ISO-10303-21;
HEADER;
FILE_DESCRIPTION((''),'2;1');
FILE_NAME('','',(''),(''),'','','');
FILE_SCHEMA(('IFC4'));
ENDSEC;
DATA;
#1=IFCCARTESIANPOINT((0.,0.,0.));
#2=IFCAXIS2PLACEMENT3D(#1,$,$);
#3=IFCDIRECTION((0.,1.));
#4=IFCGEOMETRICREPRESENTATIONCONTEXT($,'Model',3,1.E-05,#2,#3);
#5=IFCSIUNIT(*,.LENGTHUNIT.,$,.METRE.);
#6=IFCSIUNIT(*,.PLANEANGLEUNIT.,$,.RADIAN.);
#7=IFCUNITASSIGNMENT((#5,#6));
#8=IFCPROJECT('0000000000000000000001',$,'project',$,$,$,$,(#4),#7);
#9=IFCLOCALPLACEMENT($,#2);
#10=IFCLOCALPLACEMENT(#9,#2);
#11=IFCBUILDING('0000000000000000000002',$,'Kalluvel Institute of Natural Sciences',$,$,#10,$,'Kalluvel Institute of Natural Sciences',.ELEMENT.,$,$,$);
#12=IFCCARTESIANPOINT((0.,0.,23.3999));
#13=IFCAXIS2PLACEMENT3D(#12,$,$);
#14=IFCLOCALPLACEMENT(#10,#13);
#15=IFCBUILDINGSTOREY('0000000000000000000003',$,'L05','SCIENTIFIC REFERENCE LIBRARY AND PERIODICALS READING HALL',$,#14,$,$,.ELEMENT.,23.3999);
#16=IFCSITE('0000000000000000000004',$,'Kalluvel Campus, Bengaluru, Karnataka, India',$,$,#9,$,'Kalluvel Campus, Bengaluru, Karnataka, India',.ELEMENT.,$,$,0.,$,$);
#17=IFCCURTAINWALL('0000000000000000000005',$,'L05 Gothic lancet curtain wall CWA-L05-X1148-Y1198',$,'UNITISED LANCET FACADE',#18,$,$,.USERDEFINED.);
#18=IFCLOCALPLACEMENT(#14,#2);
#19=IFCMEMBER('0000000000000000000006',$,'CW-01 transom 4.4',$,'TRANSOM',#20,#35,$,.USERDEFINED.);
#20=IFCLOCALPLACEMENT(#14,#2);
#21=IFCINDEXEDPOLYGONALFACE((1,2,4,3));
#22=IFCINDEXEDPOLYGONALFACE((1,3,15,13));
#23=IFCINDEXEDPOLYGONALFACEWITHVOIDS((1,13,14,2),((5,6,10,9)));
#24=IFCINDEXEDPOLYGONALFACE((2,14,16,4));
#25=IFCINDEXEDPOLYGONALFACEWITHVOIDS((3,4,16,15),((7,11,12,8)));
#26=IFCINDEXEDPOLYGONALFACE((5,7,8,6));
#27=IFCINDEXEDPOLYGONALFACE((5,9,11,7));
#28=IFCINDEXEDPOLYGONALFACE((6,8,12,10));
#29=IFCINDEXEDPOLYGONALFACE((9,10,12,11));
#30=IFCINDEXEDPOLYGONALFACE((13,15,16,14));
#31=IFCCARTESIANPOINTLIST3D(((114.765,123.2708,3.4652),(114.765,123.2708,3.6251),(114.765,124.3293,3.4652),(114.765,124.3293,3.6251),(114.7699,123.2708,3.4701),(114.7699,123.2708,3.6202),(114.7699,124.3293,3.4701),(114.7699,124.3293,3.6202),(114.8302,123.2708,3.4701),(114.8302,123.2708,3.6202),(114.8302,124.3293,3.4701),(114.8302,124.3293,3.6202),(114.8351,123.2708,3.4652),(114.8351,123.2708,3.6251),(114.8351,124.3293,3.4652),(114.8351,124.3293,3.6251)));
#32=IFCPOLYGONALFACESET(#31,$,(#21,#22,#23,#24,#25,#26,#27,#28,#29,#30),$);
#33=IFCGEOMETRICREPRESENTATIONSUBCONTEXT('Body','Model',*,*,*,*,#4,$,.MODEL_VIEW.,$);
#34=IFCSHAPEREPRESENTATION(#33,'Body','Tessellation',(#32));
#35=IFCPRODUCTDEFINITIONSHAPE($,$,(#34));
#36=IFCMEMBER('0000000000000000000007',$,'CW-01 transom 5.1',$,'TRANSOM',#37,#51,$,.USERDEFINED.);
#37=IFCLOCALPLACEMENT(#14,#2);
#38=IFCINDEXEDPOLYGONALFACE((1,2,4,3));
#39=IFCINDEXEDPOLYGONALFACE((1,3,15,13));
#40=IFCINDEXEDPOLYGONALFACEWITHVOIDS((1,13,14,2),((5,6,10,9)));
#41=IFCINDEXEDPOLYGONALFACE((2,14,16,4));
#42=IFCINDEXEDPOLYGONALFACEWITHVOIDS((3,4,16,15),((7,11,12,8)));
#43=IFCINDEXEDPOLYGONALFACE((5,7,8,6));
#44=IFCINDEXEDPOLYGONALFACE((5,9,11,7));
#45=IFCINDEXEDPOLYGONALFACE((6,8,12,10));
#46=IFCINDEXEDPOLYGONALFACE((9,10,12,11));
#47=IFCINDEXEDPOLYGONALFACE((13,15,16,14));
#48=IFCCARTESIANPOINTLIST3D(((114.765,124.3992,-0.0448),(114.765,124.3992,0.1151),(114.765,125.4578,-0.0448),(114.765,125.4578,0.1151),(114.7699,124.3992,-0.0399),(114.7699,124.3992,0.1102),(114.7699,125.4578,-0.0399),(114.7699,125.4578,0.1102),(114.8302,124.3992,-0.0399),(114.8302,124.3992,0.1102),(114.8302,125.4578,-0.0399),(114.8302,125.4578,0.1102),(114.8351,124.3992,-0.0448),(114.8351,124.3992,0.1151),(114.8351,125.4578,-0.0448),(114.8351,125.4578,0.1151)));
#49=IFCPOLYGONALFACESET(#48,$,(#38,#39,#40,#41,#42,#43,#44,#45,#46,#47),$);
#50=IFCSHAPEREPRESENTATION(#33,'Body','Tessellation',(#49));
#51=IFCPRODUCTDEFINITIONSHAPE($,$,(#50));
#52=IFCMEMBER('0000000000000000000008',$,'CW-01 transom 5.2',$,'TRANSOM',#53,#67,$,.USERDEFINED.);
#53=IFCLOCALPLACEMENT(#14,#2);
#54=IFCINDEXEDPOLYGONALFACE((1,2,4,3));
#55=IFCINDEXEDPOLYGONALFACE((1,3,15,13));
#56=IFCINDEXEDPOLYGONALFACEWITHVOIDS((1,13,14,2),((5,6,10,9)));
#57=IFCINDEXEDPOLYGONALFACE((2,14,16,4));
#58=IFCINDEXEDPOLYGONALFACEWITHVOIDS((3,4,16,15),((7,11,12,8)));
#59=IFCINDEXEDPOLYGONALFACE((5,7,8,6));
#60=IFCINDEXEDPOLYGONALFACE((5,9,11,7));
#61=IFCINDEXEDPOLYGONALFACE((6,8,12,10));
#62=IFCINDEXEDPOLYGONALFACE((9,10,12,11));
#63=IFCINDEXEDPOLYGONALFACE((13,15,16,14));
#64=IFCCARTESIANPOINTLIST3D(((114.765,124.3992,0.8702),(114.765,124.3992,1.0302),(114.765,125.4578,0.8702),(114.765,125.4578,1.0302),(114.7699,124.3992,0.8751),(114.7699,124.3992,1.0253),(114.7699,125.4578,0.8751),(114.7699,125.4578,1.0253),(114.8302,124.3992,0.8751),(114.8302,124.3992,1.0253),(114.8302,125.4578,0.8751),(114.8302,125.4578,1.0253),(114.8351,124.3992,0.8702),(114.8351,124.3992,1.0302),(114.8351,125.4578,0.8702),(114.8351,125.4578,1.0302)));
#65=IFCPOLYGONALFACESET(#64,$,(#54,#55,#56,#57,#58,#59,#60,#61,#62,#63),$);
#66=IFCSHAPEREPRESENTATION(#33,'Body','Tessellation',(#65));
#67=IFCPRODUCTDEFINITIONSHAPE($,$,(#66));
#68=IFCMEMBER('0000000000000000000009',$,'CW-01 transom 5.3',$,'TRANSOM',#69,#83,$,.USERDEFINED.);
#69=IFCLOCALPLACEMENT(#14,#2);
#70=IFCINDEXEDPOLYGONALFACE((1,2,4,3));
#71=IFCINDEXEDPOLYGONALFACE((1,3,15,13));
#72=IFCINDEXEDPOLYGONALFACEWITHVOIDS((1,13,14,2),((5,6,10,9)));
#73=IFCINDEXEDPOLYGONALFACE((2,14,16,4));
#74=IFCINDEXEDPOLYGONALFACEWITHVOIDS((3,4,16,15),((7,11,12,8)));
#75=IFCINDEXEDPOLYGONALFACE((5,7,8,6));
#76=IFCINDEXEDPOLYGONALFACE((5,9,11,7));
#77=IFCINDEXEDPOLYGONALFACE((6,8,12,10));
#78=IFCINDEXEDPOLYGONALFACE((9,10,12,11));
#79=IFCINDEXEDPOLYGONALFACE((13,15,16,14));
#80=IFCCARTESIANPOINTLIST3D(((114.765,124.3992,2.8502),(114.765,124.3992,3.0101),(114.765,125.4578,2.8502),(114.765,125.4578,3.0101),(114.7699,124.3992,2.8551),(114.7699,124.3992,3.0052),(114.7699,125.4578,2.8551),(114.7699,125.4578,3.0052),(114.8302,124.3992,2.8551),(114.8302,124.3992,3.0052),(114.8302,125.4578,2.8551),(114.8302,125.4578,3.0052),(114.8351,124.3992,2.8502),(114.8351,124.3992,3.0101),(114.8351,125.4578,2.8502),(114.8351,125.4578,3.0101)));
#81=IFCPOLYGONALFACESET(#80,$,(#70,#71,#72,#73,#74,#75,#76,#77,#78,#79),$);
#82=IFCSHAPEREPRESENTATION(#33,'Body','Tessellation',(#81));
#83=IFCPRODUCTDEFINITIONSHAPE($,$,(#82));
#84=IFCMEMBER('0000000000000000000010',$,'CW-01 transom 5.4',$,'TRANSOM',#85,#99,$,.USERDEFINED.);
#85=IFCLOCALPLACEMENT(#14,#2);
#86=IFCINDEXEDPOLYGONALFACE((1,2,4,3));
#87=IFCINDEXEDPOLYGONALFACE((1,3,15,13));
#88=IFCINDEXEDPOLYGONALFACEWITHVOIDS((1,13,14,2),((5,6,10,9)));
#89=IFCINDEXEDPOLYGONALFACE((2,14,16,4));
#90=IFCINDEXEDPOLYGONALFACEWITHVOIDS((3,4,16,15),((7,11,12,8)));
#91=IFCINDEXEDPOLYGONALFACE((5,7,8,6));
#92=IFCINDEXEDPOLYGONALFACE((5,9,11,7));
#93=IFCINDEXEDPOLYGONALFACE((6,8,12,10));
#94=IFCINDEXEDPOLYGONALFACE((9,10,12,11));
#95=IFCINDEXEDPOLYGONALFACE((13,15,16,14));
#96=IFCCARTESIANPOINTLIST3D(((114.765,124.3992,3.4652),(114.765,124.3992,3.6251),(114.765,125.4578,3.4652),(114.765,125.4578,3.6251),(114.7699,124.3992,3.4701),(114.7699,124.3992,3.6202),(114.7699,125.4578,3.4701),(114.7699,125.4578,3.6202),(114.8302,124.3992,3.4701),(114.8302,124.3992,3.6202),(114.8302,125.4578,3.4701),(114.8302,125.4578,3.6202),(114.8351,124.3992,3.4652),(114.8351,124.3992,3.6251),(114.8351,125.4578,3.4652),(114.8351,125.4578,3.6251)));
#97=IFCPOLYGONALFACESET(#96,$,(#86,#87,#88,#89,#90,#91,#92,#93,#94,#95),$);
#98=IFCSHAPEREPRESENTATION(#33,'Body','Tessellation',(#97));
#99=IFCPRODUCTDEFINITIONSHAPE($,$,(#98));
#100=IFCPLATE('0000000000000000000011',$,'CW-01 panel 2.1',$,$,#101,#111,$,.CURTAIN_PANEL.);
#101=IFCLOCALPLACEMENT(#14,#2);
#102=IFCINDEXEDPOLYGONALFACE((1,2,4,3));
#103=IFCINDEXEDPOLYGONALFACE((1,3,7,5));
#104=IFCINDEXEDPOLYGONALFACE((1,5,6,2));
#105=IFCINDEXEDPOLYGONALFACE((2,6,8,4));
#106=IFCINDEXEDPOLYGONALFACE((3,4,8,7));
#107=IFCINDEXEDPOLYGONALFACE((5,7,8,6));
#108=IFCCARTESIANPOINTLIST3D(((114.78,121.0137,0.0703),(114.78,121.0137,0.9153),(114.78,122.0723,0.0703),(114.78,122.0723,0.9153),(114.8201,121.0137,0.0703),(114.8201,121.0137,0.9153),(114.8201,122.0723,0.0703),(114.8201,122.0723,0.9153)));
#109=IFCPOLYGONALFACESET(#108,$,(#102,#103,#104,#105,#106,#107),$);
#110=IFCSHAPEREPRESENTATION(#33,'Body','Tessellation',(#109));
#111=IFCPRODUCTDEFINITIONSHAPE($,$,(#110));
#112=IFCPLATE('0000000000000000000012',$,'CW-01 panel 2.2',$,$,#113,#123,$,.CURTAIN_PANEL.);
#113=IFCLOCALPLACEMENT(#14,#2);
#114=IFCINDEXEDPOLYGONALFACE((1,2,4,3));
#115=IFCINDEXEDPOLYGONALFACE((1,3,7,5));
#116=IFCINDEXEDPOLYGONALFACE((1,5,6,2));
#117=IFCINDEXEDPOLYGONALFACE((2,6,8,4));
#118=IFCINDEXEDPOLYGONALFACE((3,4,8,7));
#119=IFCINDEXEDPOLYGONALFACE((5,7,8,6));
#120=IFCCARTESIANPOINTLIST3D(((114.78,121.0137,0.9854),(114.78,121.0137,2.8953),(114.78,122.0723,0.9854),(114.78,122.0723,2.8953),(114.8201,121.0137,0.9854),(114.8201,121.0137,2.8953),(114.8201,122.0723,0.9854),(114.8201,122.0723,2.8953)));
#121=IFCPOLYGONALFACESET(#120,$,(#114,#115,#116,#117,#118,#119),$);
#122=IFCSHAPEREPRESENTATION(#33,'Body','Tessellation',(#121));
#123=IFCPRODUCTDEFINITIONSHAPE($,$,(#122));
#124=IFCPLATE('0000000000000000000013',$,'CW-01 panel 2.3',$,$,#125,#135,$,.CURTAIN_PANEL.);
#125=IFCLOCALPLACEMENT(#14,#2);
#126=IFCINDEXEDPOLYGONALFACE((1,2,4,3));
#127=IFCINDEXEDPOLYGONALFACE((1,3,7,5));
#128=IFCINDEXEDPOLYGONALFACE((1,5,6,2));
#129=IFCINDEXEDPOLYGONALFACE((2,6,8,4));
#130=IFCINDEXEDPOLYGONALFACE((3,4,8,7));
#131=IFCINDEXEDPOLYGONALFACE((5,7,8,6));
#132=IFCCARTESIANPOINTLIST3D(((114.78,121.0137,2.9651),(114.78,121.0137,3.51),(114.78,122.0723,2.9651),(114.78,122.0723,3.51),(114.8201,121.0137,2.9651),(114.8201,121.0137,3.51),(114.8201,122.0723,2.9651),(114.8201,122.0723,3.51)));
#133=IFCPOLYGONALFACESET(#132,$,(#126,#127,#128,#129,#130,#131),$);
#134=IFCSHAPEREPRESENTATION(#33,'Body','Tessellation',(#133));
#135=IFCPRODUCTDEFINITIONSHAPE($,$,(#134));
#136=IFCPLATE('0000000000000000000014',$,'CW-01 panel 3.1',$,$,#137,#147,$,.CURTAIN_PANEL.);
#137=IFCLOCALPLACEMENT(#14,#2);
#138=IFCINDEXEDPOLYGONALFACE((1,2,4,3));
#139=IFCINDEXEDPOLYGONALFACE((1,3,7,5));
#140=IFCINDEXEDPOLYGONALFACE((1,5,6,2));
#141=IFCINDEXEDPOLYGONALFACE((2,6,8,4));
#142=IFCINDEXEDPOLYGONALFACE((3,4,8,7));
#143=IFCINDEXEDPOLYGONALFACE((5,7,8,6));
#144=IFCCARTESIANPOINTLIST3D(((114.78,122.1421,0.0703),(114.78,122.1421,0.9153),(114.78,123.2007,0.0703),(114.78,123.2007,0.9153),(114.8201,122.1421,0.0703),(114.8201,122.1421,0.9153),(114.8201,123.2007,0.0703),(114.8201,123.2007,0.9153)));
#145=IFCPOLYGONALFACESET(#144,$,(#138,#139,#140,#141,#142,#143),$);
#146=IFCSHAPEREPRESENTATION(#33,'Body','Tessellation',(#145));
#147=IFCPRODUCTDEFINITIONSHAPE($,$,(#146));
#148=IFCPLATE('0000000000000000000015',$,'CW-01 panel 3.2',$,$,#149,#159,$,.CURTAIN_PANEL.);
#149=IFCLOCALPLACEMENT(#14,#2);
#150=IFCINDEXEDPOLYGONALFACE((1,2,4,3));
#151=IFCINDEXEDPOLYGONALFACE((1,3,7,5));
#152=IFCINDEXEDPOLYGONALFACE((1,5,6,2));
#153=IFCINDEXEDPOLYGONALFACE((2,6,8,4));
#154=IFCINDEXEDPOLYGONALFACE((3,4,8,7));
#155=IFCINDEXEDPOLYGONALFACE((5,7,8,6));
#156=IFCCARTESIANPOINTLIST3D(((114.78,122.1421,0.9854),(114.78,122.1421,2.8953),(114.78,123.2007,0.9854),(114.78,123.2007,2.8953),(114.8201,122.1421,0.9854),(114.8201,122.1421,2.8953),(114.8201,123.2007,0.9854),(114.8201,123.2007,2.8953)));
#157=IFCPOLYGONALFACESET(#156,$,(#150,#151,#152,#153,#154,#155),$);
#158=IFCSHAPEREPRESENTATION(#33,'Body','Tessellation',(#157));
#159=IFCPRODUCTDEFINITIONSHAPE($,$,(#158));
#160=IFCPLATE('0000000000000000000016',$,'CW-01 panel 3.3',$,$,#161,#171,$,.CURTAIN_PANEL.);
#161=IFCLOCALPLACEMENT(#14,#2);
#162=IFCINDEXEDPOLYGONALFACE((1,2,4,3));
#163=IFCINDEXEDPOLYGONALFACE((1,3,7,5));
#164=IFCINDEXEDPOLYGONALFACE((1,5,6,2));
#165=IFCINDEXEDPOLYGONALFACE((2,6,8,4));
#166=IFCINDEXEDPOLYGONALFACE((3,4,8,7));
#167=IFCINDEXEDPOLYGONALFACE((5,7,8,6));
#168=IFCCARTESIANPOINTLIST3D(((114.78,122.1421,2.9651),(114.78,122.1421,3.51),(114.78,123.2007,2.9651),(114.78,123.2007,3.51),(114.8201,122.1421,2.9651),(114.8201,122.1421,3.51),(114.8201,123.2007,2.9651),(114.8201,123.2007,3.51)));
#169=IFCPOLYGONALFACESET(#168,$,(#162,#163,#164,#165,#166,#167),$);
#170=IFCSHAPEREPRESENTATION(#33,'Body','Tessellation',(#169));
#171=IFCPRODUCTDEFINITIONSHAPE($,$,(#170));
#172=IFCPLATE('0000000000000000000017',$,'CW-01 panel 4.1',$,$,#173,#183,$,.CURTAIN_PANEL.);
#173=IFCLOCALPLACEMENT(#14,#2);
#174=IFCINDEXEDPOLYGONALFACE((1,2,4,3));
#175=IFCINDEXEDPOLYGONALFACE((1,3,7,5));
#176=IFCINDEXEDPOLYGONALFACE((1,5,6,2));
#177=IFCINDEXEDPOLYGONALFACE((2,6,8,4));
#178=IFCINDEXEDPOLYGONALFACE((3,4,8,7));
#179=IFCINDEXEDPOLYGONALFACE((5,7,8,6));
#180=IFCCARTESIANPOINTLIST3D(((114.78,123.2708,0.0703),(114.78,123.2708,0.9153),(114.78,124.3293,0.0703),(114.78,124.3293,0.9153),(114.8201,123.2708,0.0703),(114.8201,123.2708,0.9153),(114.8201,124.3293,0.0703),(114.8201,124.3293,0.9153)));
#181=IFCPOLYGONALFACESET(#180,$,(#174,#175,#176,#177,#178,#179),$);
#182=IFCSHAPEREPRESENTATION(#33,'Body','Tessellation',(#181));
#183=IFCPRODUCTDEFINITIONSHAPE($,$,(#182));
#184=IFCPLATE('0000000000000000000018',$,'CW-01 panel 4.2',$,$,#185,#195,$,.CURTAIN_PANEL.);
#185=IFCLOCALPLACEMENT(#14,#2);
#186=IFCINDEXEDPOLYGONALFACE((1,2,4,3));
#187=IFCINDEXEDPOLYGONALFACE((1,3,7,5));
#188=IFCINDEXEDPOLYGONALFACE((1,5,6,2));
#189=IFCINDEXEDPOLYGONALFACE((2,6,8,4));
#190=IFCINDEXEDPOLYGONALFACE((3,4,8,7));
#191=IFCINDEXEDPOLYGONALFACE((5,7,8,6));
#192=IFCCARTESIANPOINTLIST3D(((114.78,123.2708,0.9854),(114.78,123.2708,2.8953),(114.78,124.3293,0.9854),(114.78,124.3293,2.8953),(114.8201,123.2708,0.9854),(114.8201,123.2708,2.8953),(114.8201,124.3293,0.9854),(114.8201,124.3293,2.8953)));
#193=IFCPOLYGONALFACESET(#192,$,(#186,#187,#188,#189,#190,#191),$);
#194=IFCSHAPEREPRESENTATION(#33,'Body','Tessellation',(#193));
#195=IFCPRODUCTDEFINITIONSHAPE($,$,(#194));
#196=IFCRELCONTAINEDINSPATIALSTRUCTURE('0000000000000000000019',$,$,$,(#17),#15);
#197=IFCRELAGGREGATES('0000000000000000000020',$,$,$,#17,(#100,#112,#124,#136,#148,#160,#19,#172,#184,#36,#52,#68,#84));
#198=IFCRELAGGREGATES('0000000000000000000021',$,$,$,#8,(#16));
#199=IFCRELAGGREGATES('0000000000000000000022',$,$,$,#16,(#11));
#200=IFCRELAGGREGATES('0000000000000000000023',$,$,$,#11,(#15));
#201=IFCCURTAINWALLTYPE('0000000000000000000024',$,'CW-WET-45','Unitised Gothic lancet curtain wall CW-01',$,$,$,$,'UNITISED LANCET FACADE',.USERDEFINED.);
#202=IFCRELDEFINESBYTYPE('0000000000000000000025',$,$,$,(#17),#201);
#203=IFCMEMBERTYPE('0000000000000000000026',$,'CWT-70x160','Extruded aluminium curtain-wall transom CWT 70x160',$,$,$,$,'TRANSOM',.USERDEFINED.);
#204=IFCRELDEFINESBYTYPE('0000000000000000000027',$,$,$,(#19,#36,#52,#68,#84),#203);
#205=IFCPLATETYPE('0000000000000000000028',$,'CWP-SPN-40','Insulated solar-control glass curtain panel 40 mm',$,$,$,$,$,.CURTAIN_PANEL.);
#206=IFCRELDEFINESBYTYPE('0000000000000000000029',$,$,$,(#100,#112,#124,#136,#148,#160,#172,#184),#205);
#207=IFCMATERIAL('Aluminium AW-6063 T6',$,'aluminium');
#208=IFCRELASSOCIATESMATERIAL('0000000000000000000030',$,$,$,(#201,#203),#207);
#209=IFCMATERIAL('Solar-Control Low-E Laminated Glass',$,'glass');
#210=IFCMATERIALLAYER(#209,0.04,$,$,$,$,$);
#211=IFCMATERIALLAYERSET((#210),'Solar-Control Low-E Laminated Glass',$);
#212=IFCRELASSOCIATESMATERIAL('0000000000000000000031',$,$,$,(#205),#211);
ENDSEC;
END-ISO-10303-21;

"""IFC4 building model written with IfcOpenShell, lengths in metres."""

from ifc_helpers import new_model, si_unit, direction, frame, origin, origin_2d, place, context, subcontext, project, spatial, rectangle, hollow_rectangle, extrude, material, layer, layer_set, material_profile, profile_set, type_object, element, aggregate, save


model = new_model("IFC4")

# Units and contexts
model_context = context("Model", 3, precision=1e-05, world=origin(), true_north=direction((0.0, 1.0)))
body_context = subcontext(model_context, "Body", "Model", "MODEL_VIEW")
ifc_project = project(units=[si_unit("LENGTHUNIT", "METRE"), si_unit("PLANEANGLEUNIT", "RADIAN")], contexts=[model_context])

# Site, building, storey
site_placement = place(None, origin())
site = spatial("IfcSite", under=ifc_project, at=site_placement, Name="Kalluvel Campus, Bengaluru, Karnataka, India", LongName="Kalluvel Campus, Bengaluru, Karnataka, India", CompositionType="ELEMENT", RefElevation=0.0)
building_placement = place(site_placement, origin())
building = spatial("IfcBuilding", under=site, at=building_placement, Name="Kalluvel Institute of Natural Sciences", LongName="Kalluvel Institute of Natural Sciences", CompositionType="ELEMENT")
storey_placement = place(building_placement, frame((0.0, 0.0, 23.3999)))
storey = spatial("IfcBuildingStorey", under=building, at=storey_placement, Name="L05", Description="SCIENTIFIC REFERENCE LIBRARY AND PERIODICALS READING HALL", CompositionType="ELEMENT", Elevation=23.3999)

# Curtain wall, members, plates
ifc_material_1 = material(Name="Aluminium AW-6063 T6", Category="aluminium")
curtain_wall_type = type_object("IfcCurtainWallType", Name="CW-WET-45", Description="Unitised Gothic lancet curtain wall CW-01", ElementType="UNITISED LANCET FACADE", PredefinedType="USERDEFINED", material=ifc_material_1)
curtain_wall_placement = place(storey_placement, origin())
curtain_wall = element("IfcCurtainWall", 1, at=curtain_wall_placement, inside=storey, type_object=curtain_wall_type, Name="L05 Gothic lancet curtain wall CWA-L05-X1148-Y1198", ObjectType="UNITISED LANCET FACADE", PredefinedType="USERDEFINED")
ifc_material_profile_1 = material_profile(ifc_material_1, hollow_rectangle(XDim=0.0701, YDim=0.1599, WallThickness=0.0049, at=origin_2d()), Name="CWT 70x160")
ifc_profile_set_1 = profile_set([ifc_material_profile_1], Name="Aluminium AW-6063 T6")
member_type_1 = type_object("IfcMemberType", Name="CWT-70x160", Description="Extruded aluminium curtain-wall transom CWT 70x160", ElementType="TRANSOM", PredefinedType="USERDEFINED", material=ifc_profile_set_1)
member_1_placement = place(storey_placement, frame((114.8, 123.2708, 3.5452), z_axis=(0.0, 1.0, 0.0), x_axis=(-1.0, 0.0, 0.0)))
member_1 = element("IfcMember", 2, at=member_1_placement, type_object=member_type_1, Name="CW-01 transom 4.4", ObjectType="TRANSOM", PredefinedType="USERDEFINED", context=body_context, shape_type="SweptSolid", body=[
    extrude(hollow_rectangle(XDim=0.0701, YDim=0.1599, WallThickness=0.0049, at=origin_2d()), origin(), (0.0, 0.0, 1.0), 1.0586),
])
member_2_placement = place(storey_placement, frame((114.8, 124.3992, 0.0352), z_axis=(0.0, 1.0, 0.0), x_axis=(-1.0, 0.0, 0.0)))
member_2 = element("IfcMember", 3, at=member_2_placement, type_object=member_type_1, Name="CW-01 transom 5.1", ObjectType="TRANSOM", PredefinedType="USERDEFINED", context=body_context, shape_type="SweptSolid", body=[
    extrude(hollow_rectangle(XDim=0.0701, YDim=0.1599, WallThickness=0.0049, at=origin_2d()), origin(), (0.0, 0.0, 1.0), 1.0586),
])
member_3_placement = place(storey_placement, frame((114.8, 124.3992, 0.9502), z_axis=(0.0, 1.0, 0.0), x_axis=(-1.0, 0.0, 0.0)))
member_3 = element("IfcMember", 4, at=member_3_placement, type_object=member_type_1, Name="CW-01 transom 5.2", ObjectType="TRANSOM", PredefinedType="USERDEFINED", context=body_context, shape_type="SweptSolid", body=[
    extrude(hollow_rectangle(XDim=0.0701, YDim=0.1599, WallThickness=0.0049, at=origin_2d()), origin(), (0.0, 0.0, 1.0), 1.0586),
])
member_4_placement = place(storey_placement, frame((114.8, 124.3992, 2.9302), z_axis=(0.0, 1.0, 0.0), x_axis=(-1.0, 0.0, 0.0)))
member_4 = element("IfcMember", 5, at=member_4_placement, type_object=member_type_1, Name="CW-01 transom 5.3", ObjectType="TRANSOM", PredefinedType="USERDEFINED", context=body_context, shape_type="SweptSolid", body=[
    extrude(hollow_rectangle(XDim=0.0701, YDim=0.1599, WallThickness=0.0049, at=origin_2d()), origin(), (0.0, 0.0, 1.0), 1.0586),
])
member_5_placement = place(storey_placement, frame((114.8, 124.3992, 3.5452), z_axis=(0.0, 1.0, 0.0), x_axis=(-1.0, 0.0, 0.0)))
member_5 = element("IfcMember", 6, at=member_5_placement, type_object=member_type_1, Name="CW-01 transom 5.4", ObjectType="TRANSOM", PredefinedType="USERDEFINED", context=body_context, shape_type="SweptSolid", body=[
    extrude(hollow_rectangle(XDim=0.0701, YDim=0.1599, WallThickness=0.0049, at=origin_2d()), origin(), (0.0, 0.0, 1.0), 1.0586),
])
ifc_material_2 = material(Name="Solar-Control Low-E Laminated Glass", Category="glass")
ifc_layer = layer(ifc_material_2, 0.04)
ifc_layer_set = layer_set([ifc_layer], Name="Solar-Control Low-E Laminated Glass")
plate_type = type_object("IfcPlateType", Name="CWP-SPN-40", Description="Insulated solar-control glass curtain panel 40 mm", PredefinedType="CURTAIN_PANEL", material=ifc_layer_set)
plate_1_placement = place(storey_placement, frame((114.8, 121.543, 0.0703), z_axis=(0.0, 0.0, 1.0), x_axis=(0.0, 1.0, 0.0)))
plate_1 = element("IfcPlate", 7, at=plate_1_placement, type_object=plate_type, Name="CW-01 panel 2.1", PredefinedType="CURTAIN_PANEL", context=body_context, shape_type="SweptSolid", body=[
    extrude(rectangle(XDim=1.0586, YDim=0.04, at=origin_2d()), origin(), (0.0, 0.0, 1.0), 0.845),
])
plate_2_placement = place(storey_placement, frame((114.8, 121.543, 0.9854), z_axis=(0.0, 0.0, 1.0), x_axis=(0.0, 1.0, 0.0)))
plate_2 = element("IfcPlate", 8, at=plate_2_placement, type_object=plate_type, Name="CW-01 panel 2.2", PredefinedType="CURTAIN_PANEL", context=body_context, shape_type="SweptSolid", body=[
    extrude(rectangle(XDim=1.0586, YDim=0.04, at=origin_2d()), origin(), (0.0, 0.0, 1.0), 1.9099),
])
plate_3_placement = place(storey_placement, frame((114.8, 121.543, 2.9651), z_axis=(0.0, 0.0, 1.0), x_axis=(0.0, 1.0, 0.0)))
plate_3 = element("IfcPlate", 9, at=plate_3_placement, type_object=plate_type, Name="CW-01 panel 2.3", PredefinedType="CURTAIN_PANEL", context=body_context, shape_type="SweptSolid", body=[
    extrude(rectangle(XDim=1.0586, YDim=0.04, at=origin_2d()), origin(), (0.0, 0.0, 1.0), 0.5449),
])
plate_4_placement = place(storey_placement, frame((114.8, 122.6714, 0.0703), z_axis=(0.0, 0.0, 1.0), x_axis=(0.0, 1.0, 0.0)))
plate_4 = element("IfcPlate", 10, at=plate_4_placement, type_object=plate_type, Name="CW-01 panel 3.1", PredefinedType="CURTAIN_PANEL", context=body_context, shape_type="SweptSolid", body=[
    extrude(rectangle(XDim=1.0586, YDim=0.04, at=origin_2d()), origin(), (0.0, 0.0, 1.0), 0.845),
])
plate_5_placement = place(storey_placement, frame((114.8, 122.6714, 0.9854), z_axis=(0.0, 0.0, 1.0), x_axis=(0.0, 1.0, 0.0)))
plate_5 = element("IfcPlate", 11, at=plate_5_placement, type_object=plate_type, Name="CW-01 panel 3.2", PredefinedType="CURTAIN_PANEL", context=body_context, shape_type="SweptSolid", body=[
    extrude(rectangle(XDim=1.0586, YDim=0.04, at=origin_2d()), origin(), (0.0, 0.0, 1.0), 1.9099),
])
plate_6_placement = place(storey_placement, frame((114.8, 122.6714, 2.9651), z_axis=(0.0, 0.0, 1.0), x_axis=(0.0, 1.0, 0.0)))
plate_6 = element("IfcPlate", 12, at=plate_6_placement, type_object=plate_type, Name="CW-01 panel 3.3", PredefinedType="CURTAIN_PANEL", context=body_context, shape_type="SweptSolid", body=[
    extrude(rectangle(XDim=1.0586, YDim=0.04, at=origin_2d()), origin(), (0.0, 0.0, 1.0), 0.5449),
])
plate_7_placement = place(storey_placement, frame((114.8, 123.8, 0.0703), z_axis=(0.0, 0.0, 1.0), x_axis=(0.0, 1.0, 0.0)))
plate_7 = element("IfcPlate", 13, at=plate_7_placement, type_object=plate_type, Name="CW-01 panel 4.1", PredefinedType="CURTAIN_PANEL", context=body_context, shape_type="SweptSolid", body=[
    extrude(rectangle(XDim=1.0586, YDim=0.04, at=origin_2d()), origin(), (0.0, 0.0, 1.0), 0.845),
])
plate_8_placement = place(storey_placement, frame((114.8, 123.8, 0.9854), z_axis=(0.0, 0.0, 1.0), x_axis=(0.0, 1.0, 0.0)))
plate_8 = element("IfcPlate", 14, at=plate_8_placement, type_object=plate_type, Name="CW-01 panel 4.2", PredefinedType="CURTAIN_PANEL", context=body_context, shape_type="SweptSolid", body=[
    extrude(rectangle(XDim=1.0586, YDim=0.04, at=origin_2d()), origin(), (0.0, 0.0, 1.0), 1.9099),
])
aggregate(curtain_wall, [plate_1, plate_2, plate_3, plate_4, plate_5, plate_6, member_1, plate_7, plate_8, member_2, member_3, member_4, member_5])

save(model, "model.ifc")
